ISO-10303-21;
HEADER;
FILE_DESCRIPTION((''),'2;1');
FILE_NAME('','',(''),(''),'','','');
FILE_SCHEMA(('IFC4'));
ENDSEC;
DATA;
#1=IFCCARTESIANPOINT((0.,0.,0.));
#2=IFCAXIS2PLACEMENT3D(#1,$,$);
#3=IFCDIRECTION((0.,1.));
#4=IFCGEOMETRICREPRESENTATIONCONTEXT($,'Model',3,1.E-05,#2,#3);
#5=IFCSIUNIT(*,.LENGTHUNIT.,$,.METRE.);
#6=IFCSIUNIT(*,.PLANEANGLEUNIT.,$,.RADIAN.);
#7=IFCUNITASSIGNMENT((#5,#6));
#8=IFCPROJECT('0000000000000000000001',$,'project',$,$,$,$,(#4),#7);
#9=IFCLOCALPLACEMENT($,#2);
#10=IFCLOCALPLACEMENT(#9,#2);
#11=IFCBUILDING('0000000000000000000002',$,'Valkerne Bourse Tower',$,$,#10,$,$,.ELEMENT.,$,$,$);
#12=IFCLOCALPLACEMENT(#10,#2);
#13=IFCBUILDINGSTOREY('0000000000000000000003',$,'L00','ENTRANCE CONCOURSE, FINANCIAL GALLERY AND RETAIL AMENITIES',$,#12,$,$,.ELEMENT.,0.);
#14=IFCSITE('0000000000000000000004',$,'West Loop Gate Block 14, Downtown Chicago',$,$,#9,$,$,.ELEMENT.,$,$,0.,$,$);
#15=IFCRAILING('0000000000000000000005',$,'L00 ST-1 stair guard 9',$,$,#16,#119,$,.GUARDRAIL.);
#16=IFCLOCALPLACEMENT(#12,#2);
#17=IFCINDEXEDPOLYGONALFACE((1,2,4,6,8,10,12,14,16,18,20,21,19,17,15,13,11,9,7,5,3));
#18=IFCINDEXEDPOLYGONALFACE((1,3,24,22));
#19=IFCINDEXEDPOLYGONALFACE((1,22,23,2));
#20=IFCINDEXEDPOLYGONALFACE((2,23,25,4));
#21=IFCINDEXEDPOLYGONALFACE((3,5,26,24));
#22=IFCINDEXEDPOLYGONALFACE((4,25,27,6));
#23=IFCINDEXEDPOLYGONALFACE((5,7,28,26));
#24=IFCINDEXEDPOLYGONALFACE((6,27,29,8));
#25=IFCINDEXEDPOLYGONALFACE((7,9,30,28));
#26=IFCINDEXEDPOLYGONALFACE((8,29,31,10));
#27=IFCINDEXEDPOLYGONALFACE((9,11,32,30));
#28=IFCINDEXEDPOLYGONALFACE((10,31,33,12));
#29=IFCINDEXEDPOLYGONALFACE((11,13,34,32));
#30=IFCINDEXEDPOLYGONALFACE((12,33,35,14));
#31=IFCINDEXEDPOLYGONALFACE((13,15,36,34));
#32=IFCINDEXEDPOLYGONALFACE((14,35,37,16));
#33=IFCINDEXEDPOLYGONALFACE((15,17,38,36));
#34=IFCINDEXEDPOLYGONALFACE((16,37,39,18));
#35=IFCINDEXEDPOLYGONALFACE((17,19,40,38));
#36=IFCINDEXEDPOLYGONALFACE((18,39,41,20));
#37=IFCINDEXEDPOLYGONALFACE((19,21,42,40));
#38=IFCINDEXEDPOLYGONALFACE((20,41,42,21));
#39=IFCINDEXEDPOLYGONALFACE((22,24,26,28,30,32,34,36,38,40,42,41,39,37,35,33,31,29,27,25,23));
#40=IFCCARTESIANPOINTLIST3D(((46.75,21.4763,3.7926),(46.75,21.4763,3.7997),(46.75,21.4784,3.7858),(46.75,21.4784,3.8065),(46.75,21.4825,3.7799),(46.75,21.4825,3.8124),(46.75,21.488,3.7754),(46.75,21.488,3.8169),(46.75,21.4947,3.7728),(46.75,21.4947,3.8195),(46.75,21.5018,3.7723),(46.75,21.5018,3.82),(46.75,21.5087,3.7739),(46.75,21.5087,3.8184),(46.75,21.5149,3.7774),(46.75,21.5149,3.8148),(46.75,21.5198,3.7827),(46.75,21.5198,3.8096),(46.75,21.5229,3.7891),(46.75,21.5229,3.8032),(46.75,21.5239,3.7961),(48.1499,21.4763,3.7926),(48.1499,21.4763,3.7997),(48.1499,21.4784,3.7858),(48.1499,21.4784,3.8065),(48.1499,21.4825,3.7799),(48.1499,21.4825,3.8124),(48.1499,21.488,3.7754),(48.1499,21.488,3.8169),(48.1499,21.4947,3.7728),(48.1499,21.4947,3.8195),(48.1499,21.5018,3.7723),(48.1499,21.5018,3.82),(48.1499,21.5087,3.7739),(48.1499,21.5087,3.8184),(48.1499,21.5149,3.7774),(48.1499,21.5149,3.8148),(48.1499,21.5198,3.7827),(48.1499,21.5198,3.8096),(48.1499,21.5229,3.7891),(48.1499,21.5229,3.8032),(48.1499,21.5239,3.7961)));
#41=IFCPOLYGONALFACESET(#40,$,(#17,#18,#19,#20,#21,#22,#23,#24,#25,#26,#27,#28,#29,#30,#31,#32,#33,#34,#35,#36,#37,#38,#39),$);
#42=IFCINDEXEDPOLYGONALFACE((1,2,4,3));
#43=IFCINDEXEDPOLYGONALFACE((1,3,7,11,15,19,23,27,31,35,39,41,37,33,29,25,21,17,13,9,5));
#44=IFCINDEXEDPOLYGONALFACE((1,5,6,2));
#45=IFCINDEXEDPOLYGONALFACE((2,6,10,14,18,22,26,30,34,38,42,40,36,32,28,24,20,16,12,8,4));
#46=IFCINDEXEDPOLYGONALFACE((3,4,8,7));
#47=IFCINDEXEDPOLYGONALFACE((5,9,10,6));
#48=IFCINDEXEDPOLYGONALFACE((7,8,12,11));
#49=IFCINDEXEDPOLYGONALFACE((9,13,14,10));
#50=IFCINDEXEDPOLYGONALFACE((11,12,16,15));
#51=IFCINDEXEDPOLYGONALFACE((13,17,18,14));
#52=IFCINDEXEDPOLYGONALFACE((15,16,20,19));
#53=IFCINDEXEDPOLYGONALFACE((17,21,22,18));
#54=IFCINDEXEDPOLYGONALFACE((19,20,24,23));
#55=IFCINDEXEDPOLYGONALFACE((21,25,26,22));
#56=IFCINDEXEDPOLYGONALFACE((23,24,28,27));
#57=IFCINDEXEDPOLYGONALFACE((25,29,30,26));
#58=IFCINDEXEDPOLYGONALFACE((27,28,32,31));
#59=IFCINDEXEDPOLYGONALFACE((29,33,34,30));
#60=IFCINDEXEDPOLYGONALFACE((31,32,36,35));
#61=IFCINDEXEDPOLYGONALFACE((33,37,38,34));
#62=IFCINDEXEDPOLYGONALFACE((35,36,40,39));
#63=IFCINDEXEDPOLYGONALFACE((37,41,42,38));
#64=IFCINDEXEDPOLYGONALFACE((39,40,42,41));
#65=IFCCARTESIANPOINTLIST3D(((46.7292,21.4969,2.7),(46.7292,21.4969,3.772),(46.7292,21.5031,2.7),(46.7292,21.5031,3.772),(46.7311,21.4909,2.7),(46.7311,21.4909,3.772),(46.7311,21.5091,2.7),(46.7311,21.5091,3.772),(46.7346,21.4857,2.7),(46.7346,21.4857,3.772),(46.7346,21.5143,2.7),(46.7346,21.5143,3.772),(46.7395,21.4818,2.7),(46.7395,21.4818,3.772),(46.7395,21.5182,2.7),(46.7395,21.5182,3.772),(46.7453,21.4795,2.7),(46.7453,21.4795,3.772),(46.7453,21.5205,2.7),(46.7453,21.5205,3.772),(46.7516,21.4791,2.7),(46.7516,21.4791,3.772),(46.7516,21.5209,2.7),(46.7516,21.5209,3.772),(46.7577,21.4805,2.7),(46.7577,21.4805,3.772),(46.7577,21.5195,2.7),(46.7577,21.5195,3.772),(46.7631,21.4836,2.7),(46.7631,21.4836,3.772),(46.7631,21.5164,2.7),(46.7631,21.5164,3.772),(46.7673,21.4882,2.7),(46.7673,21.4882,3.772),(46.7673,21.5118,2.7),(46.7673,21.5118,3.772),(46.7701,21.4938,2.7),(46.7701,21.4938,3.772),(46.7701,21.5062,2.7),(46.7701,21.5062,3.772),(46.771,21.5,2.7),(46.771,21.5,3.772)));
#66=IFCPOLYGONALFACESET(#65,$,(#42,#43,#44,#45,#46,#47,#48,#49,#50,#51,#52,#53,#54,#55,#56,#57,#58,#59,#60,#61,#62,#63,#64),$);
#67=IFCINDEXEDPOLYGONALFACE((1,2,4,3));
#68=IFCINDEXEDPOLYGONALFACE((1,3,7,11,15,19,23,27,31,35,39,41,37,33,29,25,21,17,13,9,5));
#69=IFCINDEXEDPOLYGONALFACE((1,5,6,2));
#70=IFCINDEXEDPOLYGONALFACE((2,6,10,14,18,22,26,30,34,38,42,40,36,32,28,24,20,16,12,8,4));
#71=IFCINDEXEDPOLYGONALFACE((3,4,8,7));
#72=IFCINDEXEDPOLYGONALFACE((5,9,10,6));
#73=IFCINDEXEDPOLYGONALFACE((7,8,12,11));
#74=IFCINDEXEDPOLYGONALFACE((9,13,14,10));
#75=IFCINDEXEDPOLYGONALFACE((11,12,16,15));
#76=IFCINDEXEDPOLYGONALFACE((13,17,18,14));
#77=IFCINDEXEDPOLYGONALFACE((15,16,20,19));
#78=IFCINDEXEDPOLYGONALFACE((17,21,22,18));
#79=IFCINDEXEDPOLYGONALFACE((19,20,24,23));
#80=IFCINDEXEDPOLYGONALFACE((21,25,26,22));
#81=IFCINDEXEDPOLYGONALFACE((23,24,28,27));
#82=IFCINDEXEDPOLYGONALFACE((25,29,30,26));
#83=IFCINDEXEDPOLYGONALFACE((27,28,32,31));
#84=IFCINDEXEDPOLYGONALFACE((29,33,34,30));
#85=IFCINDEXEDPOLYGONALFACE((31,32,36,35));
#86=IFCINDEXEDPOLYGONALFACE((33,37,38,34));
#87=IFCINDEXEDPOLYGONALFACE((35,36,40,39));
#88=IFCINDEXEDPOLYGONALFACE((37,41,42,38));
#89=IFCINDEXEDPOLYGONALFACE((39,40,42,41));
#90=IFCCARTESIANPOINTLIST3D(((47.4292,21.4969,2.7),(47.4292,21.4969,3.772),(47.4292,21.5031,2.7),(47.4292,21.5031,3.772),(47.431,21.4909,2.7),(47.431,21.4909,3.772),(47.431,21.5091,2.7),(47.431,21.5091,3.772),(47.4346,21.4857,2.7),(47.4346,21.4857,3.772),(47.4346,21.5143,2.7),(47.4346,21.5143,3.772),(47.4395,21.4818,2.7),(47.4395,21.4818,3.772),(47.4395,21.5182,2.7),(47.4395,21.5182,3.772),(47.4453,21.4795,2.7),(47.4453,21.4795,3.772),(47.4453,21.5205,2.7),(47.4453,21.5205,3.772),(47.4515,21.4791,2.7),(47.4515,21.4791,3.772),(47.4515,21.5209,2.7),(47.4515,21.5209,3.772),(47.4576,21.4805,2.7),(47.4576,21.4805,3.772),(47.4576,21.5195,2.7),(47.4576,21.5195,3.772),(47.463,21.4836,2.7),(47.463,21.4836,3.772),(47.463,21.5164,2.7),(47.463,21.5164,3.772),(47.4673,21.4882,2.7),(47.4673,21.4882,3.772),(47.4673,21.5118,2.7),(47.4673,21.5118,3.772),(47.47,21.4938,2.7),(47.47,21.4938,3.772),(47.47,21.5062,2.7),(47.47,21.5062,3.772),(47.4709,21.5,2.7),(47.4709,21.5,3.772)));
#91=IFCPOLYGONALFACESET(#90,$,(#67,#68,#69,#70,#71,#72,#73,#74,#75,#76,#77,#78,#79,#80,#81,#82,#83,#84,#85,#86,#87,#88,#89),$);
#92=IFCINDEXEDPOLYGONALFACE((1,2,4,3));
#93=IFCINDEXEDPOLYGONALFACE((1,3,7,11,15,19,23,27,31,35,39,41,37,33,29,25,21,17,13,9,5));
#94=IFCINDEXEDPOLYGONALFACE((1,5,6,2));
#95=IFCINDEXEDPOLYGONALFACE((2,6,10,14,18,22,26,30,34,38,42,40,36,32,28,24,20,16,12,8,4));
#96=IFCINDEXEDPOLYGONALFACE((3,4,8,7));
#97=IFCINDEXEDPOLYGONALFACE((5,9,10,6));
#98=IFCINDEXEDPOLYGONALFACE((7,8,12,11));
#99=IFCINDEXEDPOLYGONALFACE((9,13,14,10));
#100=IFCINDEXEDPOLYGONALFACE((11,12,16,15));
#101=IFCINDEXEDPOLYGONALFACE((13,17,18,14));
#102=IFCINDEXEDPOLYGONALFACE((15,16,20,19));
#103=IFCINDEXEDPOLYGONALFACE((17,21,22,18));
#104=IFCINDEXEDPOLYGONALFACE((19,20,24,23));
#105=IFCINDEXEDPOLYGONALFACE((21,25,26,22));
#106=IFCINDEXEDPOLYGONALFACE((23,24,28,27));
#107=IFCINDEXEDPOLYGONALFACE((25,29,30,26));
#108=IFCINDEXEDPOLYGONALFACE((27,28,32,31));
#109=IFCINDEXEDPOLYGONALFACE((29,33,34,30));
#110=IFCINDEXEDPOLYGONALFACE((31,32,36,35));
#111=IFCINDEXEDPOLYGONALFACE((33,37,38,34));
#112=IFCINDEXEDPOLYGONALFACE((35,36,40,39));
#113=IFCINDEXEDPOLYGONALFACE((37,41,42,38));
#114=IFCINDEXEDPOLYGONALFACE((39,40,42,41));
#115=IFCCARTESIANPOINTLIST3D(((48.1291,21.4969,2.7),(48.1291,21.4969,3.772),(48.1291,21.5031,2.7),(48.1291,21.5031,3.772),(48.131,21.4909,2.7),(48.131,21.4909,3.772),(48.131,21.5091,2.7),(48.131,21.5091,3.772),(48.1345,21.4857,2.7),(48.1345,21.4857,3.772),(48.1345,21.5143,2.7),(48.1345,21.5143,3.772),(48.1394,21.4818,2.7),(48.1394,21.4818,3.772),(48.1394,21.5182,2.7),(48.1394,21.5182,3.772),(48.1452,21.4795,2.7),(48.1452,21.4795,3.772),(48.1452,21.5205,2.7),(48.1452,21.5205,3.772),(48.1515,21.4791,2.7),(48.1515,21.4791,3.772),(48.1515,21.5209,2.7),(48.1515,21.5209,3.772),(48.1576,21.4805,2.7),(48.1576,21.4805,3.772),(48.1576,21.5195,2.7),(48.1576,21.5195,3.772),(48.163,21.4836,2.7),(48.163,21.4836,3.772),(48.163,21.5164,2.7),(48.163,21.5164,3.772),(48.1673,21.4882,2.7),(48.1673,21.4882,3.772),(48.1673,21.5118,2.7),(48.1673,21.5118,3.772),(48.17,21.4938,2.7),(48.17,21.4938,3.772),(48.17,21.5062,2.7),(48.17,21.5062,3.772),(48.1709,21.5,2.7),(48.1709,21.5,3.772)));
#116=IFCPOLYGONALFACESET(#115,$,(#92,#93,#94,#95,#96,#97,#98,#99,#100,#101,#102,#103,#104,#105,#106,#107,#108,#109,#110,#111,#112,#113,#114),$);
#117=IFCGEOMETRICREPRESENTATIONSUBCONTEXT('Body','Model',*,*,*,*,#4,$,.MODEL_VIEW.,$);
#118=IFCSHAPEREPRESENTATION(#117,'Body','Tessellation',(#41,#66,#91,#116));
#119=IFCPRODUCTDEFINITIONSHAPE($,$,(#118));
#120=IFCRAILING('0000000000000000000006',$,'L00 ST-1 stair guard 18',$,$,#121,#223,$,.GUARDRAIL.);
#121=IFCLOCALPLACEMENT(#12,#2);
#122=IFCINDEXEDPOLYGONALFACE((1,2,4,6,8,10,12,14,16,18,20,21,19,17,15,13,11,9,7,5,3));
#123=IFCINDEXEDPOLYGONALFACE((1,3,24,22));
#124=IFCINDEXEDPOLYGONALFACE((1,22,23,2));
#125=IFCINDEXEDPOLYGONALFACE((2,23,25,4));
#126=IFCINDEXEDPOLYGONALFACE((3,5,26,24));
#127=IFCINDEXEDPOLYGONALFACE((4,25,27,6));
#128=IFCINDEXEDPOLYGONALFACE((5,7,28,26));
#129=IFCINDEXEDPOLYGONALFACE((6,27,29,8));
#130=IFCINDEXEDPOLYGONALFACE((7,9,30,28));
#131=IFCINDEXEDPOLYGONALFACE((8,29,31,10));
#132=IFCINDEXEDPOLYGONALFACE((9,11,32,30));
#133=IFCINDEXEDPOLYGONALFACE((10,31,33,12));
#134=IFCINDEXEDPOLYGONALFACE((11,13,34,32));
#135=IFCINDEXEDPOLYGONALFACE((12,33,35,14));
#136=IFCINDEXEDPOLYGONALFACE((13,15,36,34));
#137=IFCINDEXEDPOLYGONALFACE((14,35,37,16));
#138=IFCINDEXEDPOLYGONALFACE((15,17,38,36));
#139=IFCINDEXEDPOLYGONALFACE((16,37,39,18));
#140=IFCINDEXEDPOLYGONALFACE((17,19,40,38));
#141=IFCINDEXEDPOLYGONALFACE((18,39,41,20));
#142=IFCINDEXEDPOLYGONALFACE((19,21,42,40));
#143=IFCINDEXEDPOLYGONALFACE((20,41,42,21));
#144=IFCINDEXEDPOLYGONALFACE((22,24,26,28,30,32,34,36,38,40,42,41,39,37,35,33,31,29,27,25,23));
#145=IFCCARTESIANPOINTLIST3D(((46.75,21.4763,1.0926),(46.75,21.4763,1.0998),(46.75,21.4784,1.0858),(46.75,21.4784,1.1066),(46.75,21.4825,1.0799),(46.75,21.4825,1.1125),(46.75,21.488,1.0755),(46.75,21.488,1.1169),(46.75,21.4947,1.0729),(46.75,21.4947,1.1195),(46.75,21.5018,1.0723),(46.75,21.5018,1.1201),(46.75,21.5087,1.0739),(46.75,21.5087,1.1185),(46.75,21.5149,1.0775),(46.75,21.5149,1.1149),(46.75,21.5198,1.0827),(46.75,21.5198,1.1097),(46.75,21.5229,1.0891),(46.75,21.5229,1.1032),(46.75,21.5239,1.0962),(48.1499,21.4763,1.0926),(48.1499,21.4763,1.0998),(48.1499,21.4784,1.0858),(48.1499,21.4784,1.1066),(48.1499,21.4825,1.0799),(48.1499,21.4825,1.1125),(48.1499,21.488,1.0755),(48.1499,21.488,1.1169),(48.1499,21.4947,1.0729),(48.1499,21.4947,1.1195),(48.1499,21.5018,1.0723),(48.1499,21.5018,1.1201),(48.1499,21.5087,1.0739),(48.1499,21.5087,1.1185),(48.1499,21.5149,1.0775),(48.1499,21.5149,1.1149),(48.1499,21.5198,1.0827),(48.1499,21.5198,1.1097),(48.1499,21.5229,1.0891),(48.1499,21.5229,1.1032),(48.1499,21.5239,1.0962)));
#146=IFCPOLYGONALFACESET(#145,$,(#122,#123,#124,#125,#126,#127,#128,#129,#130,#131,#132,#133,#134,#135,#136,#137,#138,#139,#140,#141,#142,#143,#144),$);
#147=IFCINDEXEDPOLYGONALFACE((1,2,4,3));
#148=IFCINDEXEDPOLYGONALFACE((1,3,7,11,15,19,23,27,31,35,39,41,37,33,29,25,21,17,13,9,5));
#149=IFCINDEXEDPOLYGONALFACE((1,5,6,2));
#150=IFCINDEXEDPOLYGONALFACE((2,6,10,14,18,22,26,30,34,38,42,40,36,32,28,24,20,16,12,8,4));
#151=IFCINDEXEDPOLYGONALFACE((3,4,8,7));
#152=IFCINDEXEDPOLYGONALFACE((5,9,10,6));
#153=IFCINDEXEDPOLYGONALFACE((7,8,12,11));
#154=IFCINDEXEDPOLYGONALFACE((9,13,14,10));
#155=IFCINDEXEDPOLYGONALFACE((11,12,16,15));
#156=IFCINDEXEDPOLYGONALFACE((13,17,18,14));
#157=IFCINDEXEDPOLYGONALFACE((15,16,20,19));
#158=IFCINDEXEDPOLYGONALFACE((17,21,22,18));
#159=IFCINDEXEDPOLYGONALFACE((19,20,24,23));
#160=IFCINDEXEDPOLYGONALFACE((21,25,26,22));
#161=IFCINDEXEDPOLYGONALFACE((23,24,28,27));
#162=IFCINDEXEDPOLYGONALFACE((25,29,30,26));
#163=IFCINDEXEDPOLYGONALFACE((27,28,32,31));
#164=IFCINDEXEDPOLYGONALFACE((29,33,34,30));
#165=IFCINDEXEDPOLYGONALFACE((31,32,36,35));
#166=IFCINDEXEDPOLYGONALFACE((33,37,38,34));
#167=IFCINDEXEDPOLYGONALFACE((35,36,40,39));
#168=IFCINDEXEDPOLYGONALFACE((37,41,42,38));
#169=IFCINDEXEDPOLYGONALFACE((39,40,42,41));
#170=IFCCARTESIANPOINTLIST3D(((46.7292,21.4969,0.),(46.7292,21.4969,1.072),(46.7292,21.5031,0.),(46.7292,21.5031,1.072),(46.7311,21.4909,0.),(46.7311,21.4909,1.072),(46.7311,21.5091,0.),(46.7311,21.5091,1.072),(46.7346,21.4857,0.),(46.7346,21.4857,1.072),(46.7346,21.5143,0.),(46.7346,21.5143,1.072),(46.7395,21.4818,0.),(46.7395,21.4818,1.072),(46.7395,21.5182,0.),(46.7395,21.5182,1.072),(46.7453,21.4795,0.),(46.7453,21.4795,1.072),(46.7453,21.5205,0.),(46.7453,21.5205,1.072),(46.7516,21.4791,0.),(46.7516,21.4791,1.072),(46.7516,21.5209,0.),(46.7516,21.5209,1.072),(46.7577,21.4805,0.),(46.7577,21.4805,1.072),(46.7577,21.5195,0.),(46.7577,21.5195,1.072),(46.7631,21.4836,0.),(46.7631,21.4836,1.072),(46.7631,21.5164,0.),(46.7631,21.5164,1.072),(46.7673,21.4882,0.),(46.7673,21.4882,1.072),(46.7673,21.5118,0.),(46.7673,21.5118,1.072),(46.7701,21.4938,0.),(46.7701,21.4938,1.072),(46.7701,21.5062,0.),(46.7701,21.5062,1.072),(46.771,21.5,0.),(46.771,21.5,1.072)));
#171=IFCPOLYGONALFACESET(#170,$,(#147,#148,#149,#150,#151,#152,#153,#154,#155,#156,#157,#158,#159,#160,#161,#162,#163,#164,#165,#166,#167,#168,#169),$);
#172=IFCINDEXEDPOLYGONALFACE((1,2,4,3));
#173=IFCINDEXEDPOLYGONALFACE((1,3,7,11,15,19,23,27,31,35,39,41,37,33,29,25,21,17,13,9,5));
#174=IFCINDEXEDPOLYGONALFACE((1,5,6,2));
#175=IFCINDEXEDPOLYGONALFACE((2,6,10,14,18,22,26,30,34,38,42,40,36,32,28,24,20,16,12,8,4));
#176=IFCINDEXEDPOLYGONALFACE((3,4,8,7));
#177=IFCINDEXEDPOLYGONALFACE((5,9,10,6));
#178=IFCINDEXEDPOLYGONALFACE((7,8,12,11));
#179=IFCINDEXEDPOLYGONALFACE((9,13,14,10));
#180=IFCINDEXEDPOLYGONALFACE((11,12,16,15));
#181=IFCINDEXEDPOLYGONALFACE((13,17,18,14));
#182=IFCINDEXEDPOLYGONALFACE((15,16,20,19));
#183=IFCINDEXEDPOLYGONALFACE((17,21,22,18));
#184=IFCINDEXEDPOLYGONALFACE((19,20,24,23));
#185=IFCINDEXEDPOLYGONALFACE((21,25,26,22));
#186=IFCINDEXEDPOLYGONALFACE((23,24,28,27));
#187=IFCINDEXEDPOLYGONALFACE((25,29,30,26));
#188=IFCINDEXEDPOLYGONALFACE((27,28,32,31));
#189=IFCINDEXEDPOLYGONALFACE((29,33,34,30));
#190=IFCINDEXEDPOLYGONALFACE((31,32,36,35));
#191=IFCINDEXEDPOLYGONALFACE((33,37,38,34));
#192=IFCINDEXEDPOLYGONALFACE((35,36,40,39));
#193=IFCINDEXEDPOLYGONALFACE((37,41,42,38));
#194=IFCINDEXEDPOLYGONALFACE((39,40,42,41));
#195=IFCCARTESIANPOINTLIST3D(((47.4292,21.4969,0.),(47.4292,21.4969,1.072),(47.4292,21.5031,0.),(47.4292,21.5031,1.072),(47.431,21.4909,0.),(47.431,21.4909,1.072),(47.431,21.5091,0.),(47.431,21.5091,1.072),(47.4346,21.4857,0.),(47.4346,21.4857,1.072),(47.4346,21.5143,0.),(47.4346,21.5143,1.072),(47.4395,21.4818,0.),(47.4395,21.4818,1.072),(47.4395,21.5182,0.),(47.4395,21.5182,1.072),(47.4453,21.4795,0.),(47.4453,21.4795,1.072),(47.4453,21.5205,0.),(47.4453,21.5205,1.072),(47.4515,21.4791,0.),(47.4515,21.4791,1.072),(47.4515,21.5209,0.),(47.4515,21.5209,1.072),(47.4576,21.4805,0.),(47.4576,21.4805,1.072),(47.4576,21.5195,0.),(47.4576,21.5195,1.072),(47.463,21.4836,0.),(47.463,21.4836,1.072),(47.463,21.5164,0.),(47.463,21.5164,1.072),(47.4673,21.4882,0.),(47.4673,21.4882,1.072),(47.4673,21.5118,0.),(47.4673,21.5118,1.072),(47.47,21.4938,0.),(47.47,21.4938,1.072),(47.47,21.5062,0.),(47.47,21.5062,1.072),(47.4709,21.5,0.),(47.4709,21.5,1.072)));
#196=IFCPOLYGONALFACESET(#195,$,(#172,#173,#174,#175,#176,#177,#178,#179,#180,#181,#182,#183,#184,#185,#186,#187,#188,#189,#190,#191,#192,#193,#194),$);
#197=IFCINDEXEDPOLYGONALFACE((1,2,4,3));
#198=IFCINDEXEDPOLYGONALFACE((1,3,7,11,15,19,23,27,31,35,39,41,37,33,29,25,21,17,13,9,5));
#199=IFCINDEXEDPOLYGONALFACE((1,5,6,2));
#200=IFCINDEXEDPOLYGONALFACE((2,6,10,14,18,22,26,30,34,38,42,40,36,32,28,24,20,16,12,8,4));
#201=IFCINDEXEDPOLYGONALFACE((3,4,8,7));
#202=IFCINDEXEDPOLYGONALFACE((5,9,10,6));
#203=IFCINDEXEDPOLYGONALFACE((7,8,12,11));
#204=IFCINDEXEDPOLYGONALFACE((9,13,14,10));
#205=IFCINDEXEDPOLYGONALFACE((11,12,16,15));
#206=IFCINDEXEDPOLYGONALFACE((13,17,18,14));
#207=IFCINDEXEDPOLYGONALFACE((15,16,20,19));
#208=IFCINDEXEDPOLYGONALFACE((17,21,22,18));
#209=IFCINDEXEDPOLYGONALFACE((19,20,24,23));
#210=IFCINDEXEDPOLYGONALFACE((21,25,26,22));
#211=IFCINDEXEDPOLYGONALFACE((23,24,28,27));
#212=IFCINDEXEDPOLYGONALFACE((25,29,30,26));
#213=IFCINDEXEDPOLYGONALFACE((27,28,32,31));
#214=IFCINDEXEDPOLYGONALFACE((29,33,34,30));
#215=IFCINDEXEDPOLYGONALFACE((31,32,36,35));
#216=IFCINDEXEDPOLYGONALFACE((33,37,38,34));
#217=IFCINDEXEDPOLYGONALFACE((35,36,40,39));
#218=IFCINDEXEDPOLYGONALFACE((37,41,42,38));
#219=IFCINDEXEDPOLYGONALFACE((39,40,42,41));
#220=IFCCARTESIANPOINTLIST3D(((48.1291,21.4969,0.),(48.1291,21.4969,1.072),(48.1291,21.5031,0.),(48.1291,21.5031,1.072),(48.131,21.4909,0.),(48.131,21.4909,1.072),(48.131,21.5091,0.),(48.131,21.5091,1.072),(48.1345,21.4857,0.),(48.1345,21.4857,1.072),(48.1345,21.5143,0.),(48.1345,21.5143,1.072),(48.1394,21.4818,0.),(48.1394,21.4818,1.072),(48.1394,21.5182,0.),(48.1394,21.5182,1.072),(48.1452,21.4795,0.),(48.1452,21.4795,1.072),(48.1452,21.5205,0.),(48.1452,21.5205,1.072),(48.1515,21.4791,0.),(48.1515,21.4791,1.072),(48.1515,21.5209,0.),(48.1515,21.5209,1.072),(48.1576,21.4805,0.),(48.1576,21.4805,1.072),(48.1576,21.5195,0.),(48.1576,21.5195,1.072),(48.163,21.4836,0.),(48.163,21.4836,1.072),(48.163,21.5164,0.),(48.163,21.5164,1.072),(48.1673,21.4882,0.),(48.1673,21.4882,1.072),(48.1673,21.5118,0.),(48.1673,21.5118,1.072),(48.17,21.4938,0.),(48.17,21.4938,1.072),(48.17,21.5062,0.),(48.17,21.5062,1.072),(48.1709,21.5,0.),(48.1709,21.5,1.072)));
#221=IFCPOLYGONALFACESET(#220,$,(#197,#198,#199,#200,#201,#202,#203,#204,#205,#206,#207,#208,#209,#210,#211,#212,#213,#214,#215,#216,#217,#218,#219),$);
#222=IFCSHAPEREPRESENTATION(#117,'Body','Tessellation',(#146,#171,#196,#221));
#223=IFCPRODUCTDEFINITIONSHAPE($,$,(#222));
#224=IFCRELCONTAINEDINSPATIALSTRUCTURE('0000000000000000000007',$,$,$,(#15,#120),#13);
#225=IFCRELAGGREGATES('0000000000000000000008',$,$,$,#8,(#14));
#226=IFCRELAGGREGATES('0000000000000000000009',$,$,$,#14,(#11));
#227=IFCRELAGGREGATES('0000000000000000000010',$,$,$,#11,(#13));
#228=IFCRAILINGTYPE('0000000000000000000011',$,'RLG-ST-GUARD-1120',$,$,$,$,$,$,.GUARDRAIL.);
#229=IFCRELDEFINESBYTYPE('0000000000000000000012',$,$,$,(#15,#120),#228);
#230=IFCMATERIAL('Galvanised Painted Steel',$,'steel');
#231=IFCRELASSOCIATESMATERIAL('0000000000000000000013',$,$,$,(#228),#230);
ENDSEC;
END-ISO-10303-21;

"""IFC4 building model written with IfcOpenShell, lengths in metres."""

from ifc_helpers import new_model, si_unit, direction, frame, origin, origin_2d, place, context, subcontext, project, spatial, circle, extrude, material, type_object, element, save


model = new_model("IFC4")

# Units and contexts
model_context = context("Model", 3, precision=1e-05, world=origin(), true_north=direction((0.0, 1.0)))
body_context = subcontext(model_context, "Body", "Model", "MODEL_VIEW")
ifc_project = project(units=[si_unit("LENGTHUNIT", "METRE"), si_unit("PLANEANGLEUNIT", "RADIAN")], contexts=[model_context])

# Site, building, storey
site_placement = place(None, origin())
site = spatial("IfcSite", under=ifc_project, at=site_placement, Name="West Loop Gate Block 14, Downtown Chicago", CompositionType="ELEMENT", RefElevation=0.0)
building_placement = place(site_placement, origin())
building = spatial("IfcBuilding", under=site, at=building_placement, Name="Valkerne Bourse Tower", CompositionType="ELEMENT")
storey_placement = place(building_placement, origin())
storey = spatial("IfcBuildingStorey", under=building, at=storey_placement, Name="L00", Description="ENTRANCE CONCOURSE, FINANCIAL GALLERY AND RETAIL AMENITIES", CompositionType="ELEMENT", Elevation=0.0)

# Shared definitions
ifc_material_1 = material(Name="Galvanised Painted Steel", Category="steel")

# Railings
railing_type = type_object("IfcRailingType", Name="RLG-ST-GUARD-1120", PredefinedType="GUARDRAIL", material=ifc_material_1)
for number, where, name in (
    (1, (46.75, 21.5, 2.7), "L00 ST-1 stair guard 9"),
    (2, (46.75, 21.5, 0.0), "L00 ST-1 stair guard 18"),
):
    element("IfcRailing", number, at=place(storey_placement, frame(where)), inside=storey, type_object=railing_type, Name=name, PredefinedType="GUARDRAIL", context=body_context, shape_type="SweptSolid", body=[
        extrude(circle(Radius=0.0239, at=origin_2d()), frame((0.0, 0.0, 1.0962), z_axis=(1.0, 0.0, 0.0), x_axis=(0.0, 1.0, 0.0)), (0.0, 0.0, 1.0), 1.3999),
        extrude(circle(Radius=0.021, at=origin_2d()), origin(), (0.0, 0.0, 1.0), 1.072),
        extrude(circle(Radius=0.021, at=origin_2d()), frame((0.7, 0.0, 0.0)), (0.0, 0.0, 1.0), 1.072),
        extrude(circle(Radius=0.021, at=origin_2d()), frame((1.3999, 0.0, 0.0)), (0.0, 0.0, 1.0), 1.072),
    ])

save(model, "model.ifc")
